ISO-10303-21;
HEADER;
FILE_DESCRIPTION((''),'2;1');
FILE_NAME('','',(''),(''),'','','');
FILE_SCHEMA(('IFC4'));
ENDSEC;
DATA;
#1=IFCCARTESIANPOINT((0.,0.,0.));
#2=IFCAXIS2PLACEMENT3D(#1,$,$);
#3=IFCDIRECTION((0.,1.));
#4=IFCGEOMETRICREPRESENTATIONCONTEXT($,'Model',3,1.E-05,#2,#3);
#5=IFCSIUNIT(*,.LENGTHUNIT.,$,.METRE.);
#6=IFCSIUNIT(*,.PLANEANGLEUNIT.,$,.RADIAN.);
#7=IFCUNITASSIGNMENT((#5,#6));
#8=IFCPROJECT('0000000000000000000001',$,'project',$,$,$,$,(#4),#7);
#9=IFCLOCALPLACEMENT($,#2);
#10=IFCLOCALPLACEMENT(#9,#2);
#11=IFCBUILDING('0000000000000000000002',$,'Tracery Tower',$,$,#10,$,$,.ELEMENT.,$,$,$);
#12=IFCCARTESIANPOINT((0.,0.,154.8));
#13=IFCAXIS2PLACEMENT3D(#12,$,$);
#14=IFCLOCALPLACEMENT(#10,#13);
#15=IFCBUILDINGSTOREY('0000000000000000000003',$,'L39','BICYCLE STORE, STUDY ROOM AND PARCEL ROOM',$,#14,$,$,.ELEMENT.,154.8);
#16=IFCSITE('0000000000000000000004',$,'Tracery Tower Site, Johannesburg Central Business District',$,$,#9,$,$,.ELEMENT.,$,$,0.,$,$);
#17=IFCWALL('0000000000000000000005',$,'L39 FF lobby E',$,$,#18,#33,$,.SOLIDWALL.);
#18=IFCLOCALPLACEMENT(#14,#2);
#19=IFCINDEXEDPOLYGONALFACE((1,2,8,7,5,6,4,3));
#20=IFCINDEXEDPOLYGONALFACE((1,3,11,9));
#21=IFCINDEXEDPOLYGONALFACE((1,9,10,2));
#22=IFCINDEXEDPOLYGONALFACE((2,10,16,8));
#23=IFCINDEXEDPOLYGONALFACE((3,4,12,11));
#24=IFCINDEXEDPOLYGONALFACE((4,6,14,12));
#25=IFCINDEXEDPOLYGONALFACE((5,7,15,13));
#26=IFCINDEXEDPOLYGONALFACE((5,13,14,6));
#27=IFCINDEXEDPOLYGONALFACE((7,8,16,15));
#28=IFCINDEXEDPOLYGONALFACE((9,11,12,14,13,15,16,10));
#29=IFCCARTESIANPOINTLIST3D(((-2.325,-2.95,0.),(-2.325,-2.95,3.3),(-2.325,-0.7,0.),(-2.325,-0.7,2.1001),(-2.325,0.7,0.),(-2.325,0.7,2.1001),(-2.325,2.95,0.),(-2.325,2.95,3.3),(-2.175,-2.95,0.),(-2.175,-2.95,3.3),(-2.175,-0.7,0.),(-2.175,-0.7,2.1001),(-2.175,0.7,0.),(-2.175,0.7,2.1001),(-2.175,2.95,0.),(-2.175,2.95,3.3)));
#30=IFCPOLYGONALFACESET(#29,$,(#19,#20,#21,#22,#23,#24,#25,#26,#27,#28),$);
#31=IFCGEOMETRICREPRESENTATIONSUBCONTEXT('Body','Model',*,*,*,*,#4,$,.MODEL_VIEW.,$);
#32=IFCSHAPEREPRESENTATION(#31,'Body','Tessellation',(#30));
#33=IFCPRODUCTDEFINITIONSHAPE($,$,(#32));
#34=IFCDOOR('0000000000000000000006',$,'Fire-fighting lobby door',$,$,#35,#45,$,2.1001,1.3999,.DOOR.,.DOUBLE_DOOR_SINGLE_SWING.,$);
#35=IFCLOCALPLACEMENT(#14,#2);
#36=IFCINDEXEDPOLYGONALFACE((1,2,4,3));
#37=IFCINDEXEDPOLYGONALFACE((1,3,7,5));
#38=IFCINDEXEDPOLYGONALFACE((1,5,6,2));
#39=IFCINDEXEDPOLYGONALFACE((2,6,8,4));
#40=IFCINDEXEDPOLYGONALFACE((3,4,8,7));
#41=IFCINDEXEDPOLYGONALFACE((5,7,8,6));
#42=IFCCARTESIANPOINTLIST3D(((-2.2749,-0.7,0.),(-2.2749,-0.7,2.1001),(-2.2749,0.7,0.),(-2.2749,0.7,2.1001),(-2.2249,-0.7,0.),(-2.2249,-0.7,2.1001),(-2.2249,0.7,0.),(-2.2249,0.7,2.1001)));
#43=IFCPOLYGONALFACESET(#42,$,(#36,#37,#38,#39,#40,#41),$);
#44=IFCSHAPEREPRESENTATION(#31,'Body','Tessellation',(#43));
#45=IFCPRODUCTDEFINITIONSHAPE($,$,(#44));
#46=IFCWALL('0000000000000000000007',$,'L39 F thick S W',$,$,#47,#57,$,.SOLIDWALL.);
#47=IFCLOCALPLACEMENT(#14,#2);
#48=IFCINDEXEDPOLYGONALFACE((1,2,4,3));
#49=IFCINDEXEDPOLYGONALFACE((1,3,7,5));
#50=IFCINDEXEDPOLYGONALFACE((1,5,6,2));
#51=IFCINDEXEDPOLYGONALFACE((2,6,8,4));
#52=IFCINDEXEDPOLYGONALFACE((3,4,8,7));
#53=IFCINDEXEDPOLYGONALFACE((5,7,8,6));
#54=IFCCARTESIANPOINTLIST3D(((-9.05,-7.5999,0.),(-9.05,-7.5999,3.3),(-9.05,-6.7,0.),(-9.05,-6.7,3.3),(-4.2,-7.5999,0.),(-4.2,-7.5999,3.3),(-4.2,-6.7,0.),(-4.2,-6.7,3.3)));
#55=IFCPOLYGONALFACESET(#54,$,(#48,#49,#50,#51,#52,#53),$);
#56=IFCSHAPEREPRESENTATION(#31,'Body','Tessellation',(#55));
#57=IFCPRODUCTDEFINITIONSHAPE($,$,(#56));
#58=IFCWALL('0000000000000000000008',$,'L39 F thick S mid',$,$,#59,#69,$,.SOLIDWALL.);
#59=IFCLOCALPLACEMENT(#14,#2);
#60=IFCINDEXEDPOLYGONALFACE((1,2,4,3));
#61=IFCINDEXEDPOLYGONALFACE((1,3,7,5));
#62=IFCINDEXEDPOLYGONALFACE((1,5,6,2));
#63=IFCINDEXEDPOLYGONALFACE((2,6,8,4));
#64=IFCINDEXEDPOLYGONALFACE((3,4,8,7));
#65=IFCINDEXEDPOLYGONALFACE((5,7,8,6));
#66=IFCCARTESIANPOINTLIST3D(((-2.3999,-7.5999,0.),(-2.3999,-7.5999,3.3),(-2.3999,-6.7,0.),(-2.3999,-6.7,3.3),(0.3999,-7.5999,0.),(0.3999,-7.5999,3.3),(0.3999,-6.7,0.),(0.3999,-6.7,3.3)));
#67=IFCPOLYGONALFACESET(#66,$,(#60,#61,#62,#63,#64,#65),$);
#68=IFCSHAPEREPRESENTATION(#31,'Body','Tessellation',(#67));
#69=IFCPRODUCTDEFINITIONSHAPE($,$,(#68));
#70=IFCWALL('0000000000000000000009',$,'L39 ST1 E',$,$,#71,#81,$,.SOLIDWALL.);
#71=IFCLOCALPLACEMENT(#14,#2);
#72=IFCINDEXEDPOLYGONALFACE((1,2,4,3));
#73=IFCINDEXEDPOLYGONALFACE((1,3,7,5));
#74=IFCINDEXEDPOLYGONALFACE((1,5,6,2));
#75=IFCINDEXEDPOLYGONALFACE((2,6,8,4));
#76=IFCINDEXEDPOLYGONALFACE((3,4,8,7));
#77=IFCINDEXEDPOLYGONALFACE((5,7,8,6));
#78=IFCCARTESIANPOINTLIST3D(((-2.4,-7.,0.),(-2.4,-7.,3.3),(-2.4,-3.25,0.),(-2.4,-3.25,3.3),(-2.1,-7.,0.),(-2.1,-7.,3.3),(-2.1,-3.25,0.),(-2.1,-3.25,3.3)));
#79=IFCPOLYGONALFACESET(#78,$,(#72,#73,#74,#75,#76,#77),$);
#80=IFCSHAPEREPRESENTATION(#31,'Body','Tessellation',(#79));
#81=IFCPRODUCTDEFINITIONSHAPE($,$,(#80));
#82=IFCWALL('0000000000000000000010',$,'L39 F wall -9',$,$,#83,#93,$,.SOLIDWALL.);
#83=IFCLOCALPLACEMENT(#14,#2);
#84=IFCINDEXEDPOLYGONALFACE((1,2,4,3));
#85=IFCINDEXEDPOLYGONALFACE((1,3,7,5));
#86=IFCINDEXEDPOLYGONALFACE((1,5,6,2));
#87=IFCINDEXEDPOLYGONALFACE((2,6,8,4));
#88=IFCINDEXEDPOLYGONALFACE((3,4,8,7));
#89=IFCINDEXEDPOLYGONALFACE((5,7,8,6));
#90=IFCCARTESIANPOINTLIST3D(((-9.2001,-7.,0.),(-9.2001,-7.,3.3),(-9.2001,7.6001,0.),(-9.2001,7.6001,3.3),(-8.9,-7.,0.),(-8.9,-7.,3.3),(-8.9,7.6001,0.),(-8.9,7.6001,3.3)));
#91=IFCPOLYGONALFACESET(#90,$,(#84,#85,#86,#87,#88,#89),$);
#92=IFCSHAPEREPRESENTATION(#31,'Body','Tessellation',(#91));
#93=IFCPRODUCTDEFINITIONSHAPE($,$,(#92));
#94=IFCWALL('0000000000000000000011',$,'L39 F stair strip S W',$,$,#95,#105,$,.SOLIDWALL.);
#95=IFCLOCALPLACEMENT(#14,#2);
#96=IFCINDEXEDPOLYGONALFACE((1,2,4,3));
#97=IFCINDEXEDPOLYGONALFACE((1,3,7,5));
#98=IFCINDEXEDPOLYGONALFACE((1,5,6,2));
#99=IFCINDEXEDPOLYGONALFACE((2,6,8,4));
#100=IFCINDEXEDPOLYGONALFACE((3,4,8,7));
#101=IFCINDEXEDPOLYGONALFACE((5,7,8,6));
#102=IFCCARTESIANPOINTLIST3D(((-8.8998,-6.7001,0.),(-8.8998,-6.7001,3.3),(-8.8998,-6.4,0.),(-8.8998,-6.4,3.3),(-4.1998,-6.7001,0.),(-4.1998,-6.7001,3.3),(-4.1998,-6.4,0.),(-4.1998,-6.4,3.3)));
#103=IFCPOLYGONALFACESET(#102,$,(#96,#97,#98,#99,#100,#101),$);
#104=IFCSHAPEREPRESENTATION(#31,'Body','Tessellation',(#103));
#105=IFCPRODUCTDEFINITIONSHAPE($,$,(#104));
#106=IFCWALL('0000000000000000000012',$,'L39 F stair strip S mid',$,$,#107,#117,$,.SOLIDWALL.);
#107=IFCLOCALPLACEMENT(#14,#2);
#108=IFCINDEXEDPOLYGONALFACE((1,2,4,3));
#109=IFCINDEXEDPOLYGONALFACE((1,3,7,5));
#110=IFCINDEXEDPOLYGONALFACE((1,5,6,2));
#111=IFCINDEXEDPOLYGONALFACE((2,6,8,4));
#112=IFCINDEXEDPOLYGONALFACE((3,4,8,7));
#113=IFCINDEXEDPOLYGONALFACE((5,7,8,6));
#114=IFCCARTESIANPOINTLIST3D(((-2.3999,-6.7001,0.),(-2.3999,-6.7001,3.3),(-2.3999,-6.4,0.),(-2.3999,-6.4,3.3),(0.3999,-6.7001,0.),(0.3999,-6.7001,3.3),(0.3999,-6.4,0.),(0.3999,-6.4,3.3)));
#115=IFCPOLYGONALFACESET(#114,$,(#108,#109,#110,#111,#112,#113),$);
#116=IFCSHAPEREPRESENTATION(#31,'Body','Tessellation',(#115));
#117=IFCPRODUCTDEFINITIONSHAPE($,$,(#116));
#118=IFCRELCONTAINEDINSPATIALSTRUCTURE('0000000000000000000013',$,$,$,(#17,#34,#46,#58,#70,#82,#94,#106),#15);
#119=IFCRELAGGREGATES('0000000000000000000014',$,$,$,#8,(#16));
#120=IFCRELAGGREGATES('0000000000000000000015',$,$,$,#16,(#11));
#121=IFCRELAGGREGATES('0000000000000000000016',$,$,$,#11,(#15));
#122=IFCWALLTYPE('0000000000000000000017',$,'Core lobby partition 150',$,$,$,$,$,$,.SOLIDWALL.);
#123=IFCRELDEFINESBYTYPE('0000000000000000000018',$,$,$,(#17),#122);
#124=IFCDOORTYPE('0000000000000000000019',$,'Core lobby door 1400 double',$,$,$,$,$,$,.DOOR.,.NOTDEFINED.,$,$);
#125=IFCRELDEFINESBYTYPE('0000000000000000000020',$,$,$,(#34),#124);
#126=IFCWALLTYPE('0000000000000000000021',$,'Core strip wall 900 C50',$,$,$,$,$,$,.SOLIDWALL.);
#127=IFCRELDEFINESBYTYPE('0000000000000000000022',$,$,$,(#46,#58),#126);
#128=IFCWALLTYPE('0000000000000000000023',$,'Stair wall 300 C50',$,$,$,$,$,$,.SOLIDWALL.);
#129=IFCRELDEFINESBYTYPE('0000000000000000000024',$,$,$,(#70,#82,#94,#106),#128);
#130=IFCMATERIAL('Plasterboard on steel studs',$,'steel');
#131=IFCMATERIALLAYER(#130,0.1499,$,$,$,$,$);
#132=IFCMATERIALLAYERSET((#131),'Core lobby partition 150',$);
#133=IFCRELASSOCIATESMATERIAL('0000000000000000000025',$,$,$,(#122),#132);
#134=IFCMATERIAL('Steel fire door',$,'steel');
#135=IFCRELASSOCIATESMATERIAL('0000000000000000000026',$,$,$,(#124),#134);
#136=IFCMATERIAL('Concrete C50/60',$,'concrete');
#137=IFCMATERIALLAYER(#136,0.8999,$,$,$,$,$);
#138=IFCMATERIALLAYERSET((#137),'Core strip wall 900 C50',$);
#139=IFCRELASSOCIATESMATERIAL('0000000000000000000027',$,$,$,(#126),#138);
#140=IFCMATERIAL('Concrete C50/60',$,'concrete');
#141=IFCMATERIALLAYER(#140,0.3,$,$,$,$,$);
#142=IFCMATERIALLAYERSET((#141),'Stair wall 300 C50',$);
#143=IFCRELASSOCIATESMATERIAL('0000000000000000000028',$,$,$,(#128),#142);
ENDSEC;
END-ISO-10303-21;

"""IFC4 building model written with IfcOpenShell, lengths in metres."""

from ifc_helpers import new_model, si_unit, direction, frame, frame_2d, origin, place, context, subcontext, project, spatial, rectangle, extrude, material, layer, layer_set, type_object, element, fill, save


model = new_model("IFC4")

# Units and contexts
model_context = context("Model", 3, precision=1e-05, world=origin(), true_north=direction((0.0, 1.0)))
body_context = subcontext(model_context, "Body", "Model", "MODEL_VIEW")
ifc_project = project(units=[si_unit("LENGTHUNIT", "METRE"), si_unit("PLANEANGLEUNIT", "RADIAN")], contexts=[model_context])

# Site, building, storey
site_placement = place(None, origin())
site = spatial("IfcSite", under=ifc_project, at=site_placement, Name="Tracery Tower Site, Johannesburg Central Business District", CompositionType="ELEMENT", RefElevation=0.0)
building_placement = place(site_placement, origin())
building = spatial("IfcBuilding", under=site, at=building_placement, Name="Tracery Tower", CompositionType="ELEMENT")
storey_placement = place(building_placement, frame((0.0, 0.0, 154.8)))
storey = spatial("IfcBuildingStorey", under=building, at=storey_placement, Name="L39", Description="BICYCLE STORE, STUDY ROOM AND PARCEL ROOM", CompositionType="ELEMENT", Elevation=154.8)

# Wall, opening, door
ifc_material_1 = material(Name="Plasterboard on steel studs", Category="steel")
ifc_layer_1 = layer(ifc_material_1, 0.1499)
ifc_layer_set_1 = layer_set([ifc_layer_1], Name="Core lobby partition 150")
wall_type_1 = type_object("IfcWallType", Name="Core lobby partition 150", PredefinedType="SOLIDWALL", material=ifc_layer_set_1)
wall_1_placement = place(storey_placement, frame((-2.25, -2.95, 0.0), z_axis=(0.0, 0.0, 1.0), x_axis=(0.0, 1.0, 0.0)))
wall_1 = element("IfcWall", 1, at=wall_1_placement, inside=storey, type_object=wall_type_1, Name="L39 FF lobby E", PredefinedType="SOLIDWALL", context=body_context, shape_type="SweptSolid", body=[
    extrude(rectangle(XDim=5.8999, YDim=0.1499, at=frame_2d((2.95, 0.0))), origin(), (0.0, 0.0, 1.0), 3.3),
])
opening_1_placement = place(wall_1_placement, frame((2.25, 0.0, 0.0)))
opening_1 = element("IfcOpeningElement", 2, at=opening_1_placement, cuts=wall_1, PredefinedType="OPENING", context=body_context, shape_type="SweptSolid", body=[
    extrude(rectangle(XDim=1.3999, YDim=2.1001, at=frame_2d((0.7, 1.05))), frame((0.0, 0.075, 0.0), z_axis=(0.0, -1.0, 0.0), x_axis=(1.0, 0.0, 0.0)), (0.0, 0.0, 1.0), 0.1499),
])
ifc_material_2 = material(Name="Steel fire door", Category="steel")
door_type_1 = type_object("IfcDoorType", Name="Core lobby door 1400 double", OperationType="NOTDEFINED", PredefinedType="DOOR", material=ifc_material_2)
door_1_placement = place(opening_1_placement, origin())
door_1 = element("IfcDoor", 3, at=door_1_placement, inside=storey, type_object=door_type_1, Name="Fire-fighting lobby door", OperationType="DOUBLE_DOOR_SINGLE_SWING", OverallHeight=2.1001, OverallWidth=1.3999, PredefinedType="DOOR", context=body_context, shape_type="SweptSolid", body=[
    extrude(rectangle(XDim=1.3999, YDim=2.1001, at=frame_2d((0.7, 1.05))), frame((0.0, 0.0249, 0.0), z_axis=(0.0, -1.0, 0.0), x_axis=(1.0, 0.0, 0.0)), (0.0, 0.0, 1.0), 0.05),
])
fill(opening_1, door_1)

# Walls
ifc_material_3 = material(Name="Concrete C50/60", Category="concrete")
ifc_layer_2 = layer(ifc_material_3, 0.8999)
ifc_layer_set_2 = layer_set([ifc_layer_2], Name="Core strip wall 900 C50")
wall_type_2 = type_object("IfcWallType", Name="Core strip wall 900 C50", PredefinedType="SOLIDWALL", material=ifc_layer_set_2)
wall_2_placement = place(storey_placement, frame((-9.05, -7.1499, 0.0), z_axis=(0.0, 0.0, 1.0), x_axis=(1.0, 0.0, 0.0)))
element("IfcWall", 4, at=wall_2_placement, inside=storey, type_object=wall_type_2, Name="L39 F thick S W", PredefinedType="SOLIDWALL", context=body_context, shape_type="SweptSolid", body=[
    extrude(rectangle(XDim=4.8501, YDim=0.8999, at=frame_2d((2.425, 0.0))), origin(), (0.0, 0.0, 1.0), 3.3),
])
wall_3_placement = place(storey_placement, frame((-2.3999, -7.1499, 0.0), z_axis=(0.0, 0.0, 1.0), x_axis=(1.0, 0.0, 0.0)))
element("IfcWall", 5, at=wall_3_placement, inside=storey, type_object=wall_type_2, Name="L39 F thick S mid", PredefinedType="SOLIDWALL", context=body_context, shape_type="SweptSolid", body=[
    extrude(rectangle(XDim=2.7998, YDim=0.8999, at=frame_2d((1.3999, 0.0))), origin(), (0.0, 0.0, 1.0), 3.3),
])

# Shared definitions
ifc_material_4 = material(Name="Concrete C50/60", Category="concrete")
ifc_layer_3 = layer(ifc_material_4, 0.3)
ifc_layer_set_3 = layer_set([ifc_layer_3], Name="Stair wall 300 C50")
wall_type_3 = type_object("IfcWallType", Name="Stair wall 300 C50", PredefinedType="SOLIDWALL", material=ifc_layer_set_3)

# Walls
wall_4_placement = place(storey_placement, frame((-2.25, -7.0, 0.0), z_axis=(0.0, 0.0, 1.0), x_axis=(0.0, 1.0, 0.0)))
element("IfcWall", 6, at=wall_4_placement, inside=storey, type_object=wall_type_3, Name="L39 ST1 E", PredefinedType="SOLIDWALL", context=body_context, shape_type="SweptSolid", body=[
    extrude(rectangle(XDim=3.75, YDim=0.3, at=frame_2d((1.875, 0.0))), origin(), (0.0, 0.0, 1.0), 3.3),
])
wall_5_placement = place(storey_placement, frame((-9.05, -7.0, 0.0), z_axis=(0.0, 0.0, 1.0), x_axis=(0.0, 1.0, 0.0)))
element("IfcWall", 7, at=wall_5_placement, inside=storey, type_object=wall_type_3, Name="L39 F wall -9", PredefinedType="SOLIDWALL", context=body_context, shape_type="SweptSolid", body=[
    extrude(rectangle(XDim=14.6001, YDim=0.3, at=frame_2d((7.3, 0.0))), origin(), (0.0, 0.0, 1.0), 3.3),
])
wall_6_placement = place(storey_placement, frame((-8.8999, -6.55, 0.0), z_axis=(0.0, 0.0, 1.0), x_axis=(1.0, 0.0, 0.0)))
element("IfcWall", 8, at=wall_6_placement, inside=storey, type_object=wall_type_3, Name="L39 F stair strip S W", PredefinedType="SOLIDWALL", context=body_context, shape_type="SweptSolid", body=[
    extrude(rectangle(XDim=4.7, YDim=0.3, at=frame_2d((2.3501, 0.0))), origin(), (0.0, 0.0, 1.0), 3.3),
])
wall_7_placement = place(storey_placement, frame((-2.3999, -6.55, 0.0), z_axis=(0.0, 0.0, 1.0), x_axis=(1.0, 0.0, 0.0)))
element("IfcWall", 9, at=wall_7_placement, inside=storey, type_object=wall_type_3, Name="L39 F stair strip S mid", PredefinedType="SOLIDWALL", context=body_context, shape_type="SweptSolid", body=[
    extrude(rectangle(XDim=2.7998, YDim=0.3, at=frame_2d((1.3999, 0.0))), origin(), (0.0, 0.0, 1.0), 3.3),
])

save(model, "model.ifc")
